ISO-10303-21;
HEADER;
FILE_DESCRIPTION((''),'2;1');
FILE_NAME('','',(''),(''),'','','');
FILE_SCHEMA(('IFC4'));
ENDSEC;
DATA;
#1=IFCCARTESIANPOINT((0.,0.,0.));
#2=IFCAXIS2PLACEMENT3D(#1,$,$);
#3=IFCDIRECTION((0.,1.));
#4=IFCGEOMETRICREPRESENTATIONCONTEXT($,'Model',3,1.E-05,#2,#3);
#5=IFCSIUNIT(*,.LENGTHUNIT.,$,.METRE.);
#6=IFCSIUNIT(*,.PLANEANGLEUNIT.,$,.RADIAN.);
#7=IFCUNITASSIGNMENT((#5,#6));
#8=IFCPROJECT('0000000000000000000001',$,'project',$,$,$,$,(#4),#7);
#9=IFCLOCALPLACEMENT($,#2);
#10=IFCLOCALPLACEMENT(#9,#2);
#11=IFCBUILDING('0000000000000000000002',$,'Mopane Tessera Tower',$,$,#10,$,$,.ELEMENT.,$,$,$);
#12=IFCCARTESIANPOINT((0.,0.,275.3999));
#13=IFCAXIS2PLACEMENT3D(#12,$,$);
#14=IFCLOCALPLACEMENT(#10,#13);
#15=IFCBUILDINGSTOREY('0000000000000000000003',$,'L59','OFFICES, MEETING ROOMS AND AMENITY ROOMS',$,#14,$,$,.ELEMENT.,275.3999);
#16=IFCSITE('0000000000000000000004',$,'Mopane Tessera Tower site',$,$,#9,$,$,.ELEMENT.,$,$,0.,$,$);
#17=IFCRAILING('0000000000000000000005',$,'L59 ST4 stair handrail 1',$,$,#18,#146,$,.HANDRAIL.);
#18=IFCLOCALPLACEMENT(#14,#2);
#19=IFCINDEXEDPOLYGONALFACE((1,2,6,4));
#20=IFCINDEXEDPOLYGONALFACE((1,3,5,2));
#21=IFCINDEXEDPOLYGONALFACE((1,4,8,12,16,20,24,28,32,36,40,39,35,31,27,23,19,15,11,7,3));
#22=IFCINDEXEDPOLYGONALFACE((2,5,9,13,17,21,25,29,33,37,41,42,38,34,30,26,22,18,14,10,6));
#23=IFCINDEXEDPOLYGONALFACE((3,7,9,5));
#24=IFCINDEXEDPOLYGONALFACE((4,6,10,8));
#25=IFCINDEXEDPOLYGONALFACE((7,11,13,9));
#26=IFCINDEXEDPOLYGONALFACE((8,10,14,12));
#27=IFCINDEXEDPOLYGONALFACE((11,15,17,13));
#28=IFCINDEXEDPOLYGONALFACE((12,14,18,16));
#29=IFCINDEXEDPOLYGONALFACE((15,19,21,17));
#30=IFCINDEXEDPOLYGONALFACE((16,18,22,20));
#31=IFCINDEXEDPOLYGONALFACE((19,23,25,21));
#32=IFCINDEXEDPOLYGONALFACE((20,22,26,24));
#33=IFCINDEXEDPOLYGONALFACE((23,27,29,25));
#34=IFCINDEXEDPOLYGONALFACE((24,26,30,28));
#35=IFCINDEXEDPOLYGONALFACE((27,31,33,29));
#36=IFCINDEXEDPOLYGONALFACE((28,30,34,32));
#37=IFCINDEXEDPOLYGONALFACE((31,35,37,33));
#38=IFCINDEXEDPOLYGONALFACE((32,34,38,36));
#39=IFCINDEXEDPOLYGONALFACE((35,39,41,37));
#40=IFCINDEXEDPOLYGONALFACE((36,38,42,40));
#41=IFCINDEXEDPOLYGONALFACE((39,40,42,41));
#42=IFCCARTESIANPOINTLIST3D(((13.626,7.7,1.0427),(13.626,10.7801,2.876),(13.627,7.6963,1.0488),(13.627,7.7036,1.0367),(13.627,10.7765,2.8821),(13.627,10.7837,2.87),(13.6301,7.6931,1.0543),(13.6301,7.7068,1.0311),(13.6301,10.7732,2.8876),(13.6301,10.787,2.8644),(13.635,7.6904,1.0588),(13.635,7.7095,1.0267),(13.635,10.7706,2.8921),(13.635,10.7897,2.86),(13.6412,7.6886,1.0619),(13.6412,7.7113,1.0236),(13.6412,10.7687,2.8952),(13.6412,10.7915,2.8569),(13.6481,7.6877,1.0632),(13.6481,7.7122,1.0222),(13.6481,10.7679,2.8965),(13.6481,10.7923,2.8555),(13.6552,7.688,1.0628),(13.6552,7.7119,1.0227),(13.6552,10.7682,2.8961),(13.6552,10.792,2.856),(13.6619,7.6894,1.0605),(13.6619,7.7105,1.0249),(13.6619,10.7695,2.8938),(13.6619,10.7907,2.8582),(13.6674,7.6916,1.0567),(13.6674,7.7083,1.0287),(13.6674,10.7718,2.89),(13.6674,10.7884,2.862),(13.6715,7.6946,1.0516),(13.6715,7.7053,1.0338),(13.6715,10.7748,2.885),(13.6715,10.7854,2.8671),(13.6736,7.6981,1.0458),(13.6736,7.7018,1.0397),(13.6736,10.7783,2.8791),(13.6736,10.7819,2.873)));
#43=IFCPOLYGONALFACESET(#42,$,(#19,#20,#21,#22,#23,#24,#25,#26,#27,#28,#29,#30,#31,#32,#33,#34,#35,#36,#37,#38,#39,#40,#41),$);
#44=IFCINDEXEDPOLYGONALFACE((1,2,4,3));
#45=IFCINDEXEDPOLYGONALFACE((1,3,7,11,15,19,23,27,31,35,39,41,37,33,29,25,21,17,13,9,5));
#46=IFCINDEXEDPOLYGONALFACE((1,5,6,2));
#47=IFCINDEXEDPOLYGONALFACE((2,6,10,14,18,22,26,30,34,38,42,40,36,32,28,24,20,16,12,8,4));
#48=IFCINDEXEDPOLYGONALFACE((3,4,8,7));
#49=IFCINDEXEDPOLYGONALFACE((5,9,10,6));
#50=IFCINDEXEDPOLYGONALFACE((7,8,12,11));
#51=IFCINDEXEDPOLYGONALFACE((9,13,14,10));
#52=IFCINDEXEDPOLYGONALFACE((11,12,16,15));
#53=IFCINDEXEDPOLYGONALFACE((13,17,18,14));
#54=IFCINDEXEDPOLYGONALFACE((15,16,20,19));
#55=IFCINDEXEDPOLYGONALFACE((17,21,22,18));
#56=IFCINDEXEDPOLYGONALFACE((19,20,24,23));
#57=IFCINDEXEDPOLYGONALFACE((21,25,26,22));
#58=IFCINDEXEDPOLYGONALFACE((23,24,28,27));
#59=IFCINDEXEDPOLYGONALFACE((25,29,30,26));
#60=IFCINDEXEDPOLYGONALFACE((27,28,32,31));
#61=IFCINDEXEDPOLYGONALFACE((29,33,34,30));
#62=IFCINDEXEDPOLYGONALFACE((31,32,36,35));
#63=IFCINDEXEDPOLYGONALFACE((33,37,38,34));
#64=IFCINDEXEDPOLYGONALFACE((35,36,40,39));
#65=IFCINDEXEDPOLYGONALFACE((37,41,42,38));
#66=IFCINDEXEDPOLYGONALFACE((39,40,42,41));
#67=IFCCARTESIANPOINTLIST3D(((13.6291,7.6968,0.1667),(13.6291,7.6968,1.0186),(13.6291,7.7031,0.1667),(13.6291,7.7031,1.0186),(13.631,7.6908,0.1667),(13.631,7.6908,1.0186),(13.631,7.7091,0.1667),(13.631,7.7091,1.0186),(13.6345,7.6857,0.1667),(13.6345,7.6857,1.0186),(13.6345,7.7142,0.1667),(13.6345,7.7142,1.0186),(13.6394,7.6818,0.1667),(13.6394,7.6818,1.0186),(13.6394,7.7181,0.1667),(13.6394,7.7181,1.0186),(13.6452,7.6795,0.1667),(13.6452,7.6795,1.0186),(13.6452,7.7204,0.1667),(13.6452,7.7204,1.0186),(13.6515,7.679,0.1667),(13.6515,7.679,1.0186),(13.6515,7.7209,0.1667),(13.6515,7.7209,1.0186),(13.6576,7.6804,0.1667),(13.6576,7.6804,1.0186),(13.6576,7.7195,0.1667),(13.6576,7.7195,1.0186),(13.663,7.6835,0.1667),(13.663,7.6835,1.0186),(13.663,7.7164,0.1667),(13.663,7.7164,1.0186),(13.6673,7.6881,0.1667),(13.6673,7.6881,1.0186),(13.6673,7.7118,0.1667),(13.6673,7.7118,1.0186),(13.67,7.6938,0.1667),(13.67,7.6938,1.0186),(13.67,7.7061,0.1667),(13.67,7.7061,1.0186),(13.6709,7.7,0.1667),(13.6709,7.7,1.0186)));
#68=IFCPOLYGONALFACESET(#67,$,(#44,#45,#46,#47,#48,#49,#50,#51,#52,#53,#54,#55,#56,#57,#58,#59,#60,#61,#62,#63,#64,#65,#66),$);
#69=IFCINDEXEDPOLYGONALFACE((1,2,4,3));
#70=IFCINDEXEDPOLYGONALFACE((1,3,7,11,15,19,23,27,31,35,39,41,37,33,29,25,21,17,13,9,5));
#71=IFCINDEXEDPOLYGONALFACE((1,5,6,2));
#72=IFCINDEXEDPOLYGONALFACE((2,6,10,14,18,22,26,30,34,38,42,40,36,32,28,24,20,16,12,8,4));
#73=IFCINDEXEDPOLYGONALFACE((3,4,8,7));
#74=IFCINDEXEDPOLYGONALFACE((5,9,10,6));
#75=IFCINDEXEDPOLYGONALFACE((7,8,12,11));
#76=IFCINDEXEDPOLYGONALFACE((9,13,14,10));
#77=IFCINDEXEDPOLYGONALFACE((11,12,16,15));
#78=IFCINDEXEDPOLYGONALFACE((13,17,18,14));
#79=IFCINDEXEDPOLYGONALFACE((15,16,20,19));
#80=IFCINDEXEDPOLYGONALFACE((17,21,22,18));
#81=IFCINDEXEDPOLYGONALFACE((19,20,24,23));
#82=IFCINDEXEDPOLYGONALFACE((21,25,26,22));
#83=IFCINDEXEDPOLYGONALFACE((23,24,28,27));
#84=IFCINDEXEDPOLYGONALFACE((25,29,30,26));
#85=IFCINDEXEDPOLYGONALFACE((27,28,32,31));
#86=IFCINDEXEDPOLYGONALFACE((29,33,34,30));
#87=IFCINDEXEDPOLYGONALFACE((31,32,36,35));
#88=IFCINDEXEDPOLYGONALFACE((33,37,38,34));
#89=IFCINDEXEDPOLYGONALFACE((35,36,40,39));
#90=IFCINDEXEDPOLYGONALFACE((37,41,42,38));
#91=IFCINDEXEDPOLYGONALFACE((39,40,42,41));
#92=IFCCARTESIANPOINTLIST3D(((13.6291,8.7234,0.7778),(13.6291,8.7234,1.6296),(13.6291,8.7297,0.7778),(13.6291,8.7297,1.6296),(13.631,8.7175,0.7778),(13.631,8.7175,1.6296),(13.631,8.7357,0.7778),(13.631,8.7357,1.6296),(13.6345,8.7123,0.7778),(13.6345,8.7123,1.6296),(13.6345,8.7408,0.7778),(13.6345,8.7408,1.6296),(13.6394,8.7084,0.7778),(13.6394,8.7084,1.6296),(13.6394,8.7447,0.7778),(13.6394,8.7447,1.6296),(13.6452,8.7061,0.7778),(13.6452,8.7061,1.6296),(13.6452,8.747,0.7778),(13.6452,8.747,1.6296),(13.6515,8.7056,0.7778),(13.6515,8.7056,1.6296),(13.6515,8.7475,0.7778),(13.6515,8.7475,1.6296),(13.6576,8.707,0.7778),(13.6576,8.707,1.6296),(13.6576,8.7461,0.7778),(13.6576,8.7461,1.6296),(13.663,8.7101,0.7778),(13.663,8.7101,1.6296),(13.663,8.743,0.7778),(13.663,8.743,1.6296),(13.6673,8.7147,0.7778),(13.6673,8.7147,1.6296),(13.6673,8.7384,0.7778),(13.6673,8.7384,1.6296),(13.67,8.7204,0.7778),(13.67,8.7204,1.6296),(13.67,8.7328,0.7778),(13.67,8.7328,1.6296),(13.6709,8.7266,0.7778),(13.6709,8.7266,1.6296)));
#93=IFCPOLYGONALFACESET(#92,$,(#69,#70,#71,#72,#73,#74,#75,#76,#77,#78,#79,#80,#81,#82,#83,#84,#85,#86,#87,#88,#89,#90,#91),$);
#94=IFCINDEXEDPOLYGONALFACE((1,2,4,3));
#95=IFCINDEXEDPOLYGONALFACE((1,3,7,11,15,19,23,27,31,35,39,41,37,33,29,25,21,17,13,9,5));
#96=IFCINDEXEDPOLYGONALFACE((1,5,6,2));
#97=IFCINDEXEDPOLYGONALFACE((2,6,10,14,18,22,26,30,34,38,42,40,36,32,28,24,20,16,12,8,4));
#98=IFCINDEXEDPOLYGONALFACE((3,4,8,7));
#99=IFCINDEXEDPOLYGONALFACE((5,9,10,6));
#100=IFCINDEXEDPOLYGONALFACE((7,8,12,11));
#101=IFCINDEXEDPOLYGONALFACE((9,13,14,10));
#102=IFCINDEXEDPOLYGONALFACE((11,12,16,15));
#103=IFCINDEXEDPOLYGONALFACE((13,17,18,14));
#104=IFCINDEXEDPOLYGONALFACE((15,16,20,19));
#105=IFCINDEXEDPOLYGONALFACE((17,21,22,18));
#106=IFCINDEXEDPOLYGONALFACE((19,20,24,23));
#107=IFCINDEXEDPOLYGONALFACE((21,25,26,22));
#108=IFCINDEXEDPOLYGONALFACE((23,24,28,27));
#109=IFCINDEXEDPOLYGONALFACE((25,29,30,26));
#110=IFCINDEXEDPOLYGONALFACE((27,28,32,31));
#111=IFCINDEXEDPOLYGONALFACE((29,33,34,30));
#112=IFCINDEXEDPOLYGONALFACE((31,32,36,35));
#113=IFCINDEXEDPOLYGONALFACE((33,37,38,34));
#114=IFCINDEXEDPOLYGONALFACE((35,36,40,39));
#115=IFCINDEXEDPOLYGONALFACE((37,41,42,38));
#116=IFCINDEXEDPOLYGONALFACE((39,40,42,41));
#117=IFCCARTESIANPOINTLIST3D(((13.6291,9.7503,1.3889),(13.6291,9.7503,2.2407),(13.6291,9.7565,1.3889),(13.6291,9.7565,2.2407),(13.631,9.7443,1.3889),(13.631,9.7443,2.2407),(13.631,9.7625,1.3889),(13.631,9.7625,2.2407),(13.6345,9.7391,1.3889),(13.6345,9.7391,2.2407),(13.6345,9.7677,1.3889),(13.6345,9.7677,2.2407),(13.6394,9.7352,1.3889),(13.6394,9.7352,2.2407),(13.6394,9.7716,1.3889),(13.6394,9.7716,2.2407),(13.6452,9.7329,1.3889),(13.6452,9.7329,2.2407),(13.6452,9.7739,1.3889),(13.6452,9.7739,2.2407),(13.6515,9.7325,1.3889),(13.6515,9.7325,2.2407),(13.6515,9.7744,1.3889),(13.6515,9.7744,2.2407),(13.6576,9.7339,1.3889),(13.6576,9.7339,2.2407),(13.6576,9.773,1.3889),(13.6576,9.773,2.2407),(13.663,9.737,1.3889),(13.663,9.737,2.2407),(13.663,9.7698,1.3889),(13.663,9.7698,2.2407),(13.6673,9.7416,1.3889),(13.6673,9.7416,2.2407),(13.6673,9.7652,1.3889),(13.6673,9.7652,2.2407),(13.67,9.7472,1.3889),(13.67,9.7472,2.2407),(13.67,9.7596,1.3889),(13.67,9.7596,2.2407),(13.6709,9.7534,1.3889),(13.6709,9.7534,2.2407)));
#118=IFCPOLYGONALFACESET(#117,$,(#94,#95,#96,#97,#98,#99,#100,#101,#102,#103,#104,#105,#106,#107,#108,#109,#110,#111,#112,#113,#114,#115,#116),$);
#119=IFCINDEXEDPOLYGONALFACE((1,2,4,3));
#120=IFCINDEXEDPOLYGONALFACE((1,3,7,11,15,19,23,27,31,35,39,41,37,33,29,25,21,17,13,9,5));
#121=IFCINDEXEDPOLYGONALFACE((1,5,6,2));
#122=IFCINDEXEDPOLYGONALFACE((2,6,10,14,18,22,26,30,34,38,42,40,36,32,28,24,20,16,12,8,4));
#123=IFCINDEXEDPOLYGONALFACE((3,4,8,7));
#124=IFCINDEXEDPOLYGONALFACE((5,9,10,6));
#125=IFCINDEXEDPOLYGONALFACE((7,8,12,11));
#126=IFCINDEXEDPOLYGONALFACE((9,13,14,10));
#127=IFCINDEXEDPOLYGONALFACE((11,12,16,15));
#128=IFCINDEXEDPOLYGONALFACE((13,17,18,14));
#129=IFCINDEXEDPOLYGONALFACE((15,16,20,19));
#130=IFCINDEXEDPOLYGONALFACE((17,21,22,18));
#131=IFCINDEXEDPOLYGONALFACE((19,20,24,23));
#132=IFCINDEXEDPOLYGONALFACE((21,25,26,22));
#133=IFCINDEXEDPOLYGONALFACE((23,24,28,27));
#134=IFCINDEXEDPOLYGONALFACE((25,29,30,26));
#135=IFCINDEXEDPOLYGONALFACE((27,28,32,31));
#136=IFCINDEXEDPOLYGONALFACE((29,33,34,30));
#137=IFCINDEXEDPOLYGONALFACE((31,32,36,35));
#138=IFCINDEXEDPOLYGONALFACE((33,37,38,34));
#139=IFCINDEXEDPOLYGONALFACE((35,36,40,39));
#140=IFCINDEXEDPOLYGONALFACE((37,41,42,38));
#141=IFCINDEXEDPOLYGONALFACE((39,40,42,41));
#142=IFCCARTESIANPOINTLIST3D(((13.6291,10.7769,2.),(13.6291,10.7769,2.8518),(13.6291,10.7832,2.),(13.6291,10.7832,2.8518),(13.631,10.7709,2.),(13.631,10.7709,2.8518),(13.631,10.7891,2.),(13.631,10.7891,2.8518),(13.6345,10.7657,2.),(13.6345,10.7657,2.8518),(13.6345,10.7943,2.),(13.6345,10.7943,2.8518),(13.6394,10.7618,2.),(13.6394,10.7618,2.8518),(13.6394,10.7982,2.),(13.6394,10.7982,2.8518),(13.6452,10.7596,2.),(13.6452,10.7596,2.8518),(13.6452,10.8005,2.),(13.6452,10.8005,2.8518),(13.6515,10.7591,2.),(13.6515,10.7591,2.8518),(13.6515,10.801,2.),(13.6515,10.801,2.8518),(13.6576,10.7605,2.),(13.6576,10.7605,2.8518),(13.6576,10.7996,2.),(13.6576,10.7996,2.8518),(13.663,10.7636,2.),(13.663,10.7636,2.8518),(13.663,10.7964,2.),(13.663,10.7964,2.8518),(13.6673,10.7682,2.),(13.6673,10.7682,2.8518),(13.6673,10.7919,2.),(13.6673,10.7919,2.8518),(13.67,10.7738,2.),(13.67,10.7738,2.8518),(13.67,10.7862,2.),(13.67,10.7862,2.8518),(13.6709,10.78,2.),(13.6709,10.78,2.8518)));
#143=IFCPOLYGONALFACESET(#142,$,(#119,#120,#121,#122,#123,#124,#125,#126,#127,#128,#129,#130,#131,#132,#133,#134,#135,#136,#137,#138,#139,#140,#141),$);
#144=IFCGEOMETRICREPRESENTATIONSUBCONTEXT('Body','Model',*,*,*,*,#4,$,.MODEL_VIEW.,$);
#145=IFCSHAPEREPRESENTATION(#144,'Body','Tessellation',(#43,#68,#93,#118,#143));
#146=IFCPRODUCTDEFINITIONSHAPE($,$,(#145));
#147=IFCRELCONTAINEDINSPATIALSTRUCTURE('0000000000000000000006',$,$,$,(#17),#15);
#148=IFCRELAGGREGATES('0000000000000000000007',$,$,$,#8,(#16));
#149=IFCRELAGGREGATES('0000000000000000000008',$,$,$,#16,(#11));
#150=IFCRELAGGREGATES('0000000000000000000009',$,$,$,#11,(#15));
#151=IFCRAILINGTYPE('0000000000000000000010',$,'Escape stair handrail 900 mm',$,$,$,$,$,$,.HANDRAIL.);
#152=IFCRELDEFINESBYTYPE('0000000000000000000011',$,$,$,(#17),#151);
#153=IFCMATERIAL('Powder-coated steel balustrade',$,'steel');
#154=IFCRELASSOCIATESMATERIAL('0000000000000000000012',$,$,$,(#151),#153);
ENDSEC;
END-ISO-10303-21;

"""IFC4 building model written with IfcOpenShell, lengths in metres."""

from ifc_helpers import new_model, si_unit, direction, frame, origin, origin_2d, place, context, subcontext, project, spatial, circle, extrude, material, type_object, element, save


model = new_model("IFC4")

# Units and contexts
model_context = context("Model", 3, precision=1e-05, world=origin(), true_north=direction((0.0, 1.0)))
body_context = subcontext(model_context, "Body", "Model", "MODEL_VIEW")
ifc_project = project(units=[si_unit("LENGTHUNIT", "METRE"), si_unit("PLANEANGLEUNIT", "RADIAN")], contexts=[model_context])

# Site, building, storey
site_placement = place(None, origin())
site = spatial("IfcSite", under=ifc_project, at=site_placement, Name="Mopane Tessera Tower site", CompositionType="ELEMENT", RefElevation=0.0)
building_placement = place(site_placement, origin())
building = spatial("IfcBuilding", under=site, at=building_placement, Name="Mopane Tessera Tower", CompositionType="ELEMENT")
storey_placement = place(building_placement, frame((0.0, 0.0, 275.3999)))
storey = spatial("IfcBuildingStorey", under=building, at=storey_placement, Name="L59", Description="OFFICES, MEETING ROOMS AND AMENITY ROOMS", CompositionType="ELEMENT", Elevation=275.3999)

# Railing
ifc_material_1 = material(Name="Powder-coated steel balustrade", Category="steel")
railing_type = type_object("IfcRailingType", Name="Escape stair handrail 900 mm", PredefinedType="HANDRAIL", material=ifc_material_1)
railing_placement = place(storey_placement, frame((13.6499, 7.7, 0.1667)))
element("IfcRailing", 1, at=railing_placement, inside=storey, type_object=railing_type, Name="L59 ST4 stair handrail 1", PredefinedType="HANDRAIL", context=body_context, shape_type="SweptSolid", body=[
    extrude(circle(Radius=0.0239, at=origin_2d()), frame((0.0, 0.0, 0.876), z_axis=(0.0, 0.859309, 0.511458), x_axis=(-1.0, 0.0, 0.0)), (0.0, 0.0, 1.0), 3.5845),
    extrude(circle(Radius=0.021, at=origin_2d()), origin(), (0.0, 0.0, 1.0), 0.8518),
    extrude(circle(Radius=0.021, at=origin_2d()), frame((0.0, 1.0266, 0.6111)), (0.0, 0.0, 1.0), 0.8518),
    extrude(circle(Radius=0.021, at=origin_2d()), frame((0.0, 2.0535, 1.2222)), (0.0, 0.0, 1.0), 0.8518),
    extrude(circle(Radius=0.021, at=origin_2d()), frame((0.0, 3.0801, 1.8333)), (0.0, 0.0, 1.0), 0.8518),
])

save(model, "model.ifc")
